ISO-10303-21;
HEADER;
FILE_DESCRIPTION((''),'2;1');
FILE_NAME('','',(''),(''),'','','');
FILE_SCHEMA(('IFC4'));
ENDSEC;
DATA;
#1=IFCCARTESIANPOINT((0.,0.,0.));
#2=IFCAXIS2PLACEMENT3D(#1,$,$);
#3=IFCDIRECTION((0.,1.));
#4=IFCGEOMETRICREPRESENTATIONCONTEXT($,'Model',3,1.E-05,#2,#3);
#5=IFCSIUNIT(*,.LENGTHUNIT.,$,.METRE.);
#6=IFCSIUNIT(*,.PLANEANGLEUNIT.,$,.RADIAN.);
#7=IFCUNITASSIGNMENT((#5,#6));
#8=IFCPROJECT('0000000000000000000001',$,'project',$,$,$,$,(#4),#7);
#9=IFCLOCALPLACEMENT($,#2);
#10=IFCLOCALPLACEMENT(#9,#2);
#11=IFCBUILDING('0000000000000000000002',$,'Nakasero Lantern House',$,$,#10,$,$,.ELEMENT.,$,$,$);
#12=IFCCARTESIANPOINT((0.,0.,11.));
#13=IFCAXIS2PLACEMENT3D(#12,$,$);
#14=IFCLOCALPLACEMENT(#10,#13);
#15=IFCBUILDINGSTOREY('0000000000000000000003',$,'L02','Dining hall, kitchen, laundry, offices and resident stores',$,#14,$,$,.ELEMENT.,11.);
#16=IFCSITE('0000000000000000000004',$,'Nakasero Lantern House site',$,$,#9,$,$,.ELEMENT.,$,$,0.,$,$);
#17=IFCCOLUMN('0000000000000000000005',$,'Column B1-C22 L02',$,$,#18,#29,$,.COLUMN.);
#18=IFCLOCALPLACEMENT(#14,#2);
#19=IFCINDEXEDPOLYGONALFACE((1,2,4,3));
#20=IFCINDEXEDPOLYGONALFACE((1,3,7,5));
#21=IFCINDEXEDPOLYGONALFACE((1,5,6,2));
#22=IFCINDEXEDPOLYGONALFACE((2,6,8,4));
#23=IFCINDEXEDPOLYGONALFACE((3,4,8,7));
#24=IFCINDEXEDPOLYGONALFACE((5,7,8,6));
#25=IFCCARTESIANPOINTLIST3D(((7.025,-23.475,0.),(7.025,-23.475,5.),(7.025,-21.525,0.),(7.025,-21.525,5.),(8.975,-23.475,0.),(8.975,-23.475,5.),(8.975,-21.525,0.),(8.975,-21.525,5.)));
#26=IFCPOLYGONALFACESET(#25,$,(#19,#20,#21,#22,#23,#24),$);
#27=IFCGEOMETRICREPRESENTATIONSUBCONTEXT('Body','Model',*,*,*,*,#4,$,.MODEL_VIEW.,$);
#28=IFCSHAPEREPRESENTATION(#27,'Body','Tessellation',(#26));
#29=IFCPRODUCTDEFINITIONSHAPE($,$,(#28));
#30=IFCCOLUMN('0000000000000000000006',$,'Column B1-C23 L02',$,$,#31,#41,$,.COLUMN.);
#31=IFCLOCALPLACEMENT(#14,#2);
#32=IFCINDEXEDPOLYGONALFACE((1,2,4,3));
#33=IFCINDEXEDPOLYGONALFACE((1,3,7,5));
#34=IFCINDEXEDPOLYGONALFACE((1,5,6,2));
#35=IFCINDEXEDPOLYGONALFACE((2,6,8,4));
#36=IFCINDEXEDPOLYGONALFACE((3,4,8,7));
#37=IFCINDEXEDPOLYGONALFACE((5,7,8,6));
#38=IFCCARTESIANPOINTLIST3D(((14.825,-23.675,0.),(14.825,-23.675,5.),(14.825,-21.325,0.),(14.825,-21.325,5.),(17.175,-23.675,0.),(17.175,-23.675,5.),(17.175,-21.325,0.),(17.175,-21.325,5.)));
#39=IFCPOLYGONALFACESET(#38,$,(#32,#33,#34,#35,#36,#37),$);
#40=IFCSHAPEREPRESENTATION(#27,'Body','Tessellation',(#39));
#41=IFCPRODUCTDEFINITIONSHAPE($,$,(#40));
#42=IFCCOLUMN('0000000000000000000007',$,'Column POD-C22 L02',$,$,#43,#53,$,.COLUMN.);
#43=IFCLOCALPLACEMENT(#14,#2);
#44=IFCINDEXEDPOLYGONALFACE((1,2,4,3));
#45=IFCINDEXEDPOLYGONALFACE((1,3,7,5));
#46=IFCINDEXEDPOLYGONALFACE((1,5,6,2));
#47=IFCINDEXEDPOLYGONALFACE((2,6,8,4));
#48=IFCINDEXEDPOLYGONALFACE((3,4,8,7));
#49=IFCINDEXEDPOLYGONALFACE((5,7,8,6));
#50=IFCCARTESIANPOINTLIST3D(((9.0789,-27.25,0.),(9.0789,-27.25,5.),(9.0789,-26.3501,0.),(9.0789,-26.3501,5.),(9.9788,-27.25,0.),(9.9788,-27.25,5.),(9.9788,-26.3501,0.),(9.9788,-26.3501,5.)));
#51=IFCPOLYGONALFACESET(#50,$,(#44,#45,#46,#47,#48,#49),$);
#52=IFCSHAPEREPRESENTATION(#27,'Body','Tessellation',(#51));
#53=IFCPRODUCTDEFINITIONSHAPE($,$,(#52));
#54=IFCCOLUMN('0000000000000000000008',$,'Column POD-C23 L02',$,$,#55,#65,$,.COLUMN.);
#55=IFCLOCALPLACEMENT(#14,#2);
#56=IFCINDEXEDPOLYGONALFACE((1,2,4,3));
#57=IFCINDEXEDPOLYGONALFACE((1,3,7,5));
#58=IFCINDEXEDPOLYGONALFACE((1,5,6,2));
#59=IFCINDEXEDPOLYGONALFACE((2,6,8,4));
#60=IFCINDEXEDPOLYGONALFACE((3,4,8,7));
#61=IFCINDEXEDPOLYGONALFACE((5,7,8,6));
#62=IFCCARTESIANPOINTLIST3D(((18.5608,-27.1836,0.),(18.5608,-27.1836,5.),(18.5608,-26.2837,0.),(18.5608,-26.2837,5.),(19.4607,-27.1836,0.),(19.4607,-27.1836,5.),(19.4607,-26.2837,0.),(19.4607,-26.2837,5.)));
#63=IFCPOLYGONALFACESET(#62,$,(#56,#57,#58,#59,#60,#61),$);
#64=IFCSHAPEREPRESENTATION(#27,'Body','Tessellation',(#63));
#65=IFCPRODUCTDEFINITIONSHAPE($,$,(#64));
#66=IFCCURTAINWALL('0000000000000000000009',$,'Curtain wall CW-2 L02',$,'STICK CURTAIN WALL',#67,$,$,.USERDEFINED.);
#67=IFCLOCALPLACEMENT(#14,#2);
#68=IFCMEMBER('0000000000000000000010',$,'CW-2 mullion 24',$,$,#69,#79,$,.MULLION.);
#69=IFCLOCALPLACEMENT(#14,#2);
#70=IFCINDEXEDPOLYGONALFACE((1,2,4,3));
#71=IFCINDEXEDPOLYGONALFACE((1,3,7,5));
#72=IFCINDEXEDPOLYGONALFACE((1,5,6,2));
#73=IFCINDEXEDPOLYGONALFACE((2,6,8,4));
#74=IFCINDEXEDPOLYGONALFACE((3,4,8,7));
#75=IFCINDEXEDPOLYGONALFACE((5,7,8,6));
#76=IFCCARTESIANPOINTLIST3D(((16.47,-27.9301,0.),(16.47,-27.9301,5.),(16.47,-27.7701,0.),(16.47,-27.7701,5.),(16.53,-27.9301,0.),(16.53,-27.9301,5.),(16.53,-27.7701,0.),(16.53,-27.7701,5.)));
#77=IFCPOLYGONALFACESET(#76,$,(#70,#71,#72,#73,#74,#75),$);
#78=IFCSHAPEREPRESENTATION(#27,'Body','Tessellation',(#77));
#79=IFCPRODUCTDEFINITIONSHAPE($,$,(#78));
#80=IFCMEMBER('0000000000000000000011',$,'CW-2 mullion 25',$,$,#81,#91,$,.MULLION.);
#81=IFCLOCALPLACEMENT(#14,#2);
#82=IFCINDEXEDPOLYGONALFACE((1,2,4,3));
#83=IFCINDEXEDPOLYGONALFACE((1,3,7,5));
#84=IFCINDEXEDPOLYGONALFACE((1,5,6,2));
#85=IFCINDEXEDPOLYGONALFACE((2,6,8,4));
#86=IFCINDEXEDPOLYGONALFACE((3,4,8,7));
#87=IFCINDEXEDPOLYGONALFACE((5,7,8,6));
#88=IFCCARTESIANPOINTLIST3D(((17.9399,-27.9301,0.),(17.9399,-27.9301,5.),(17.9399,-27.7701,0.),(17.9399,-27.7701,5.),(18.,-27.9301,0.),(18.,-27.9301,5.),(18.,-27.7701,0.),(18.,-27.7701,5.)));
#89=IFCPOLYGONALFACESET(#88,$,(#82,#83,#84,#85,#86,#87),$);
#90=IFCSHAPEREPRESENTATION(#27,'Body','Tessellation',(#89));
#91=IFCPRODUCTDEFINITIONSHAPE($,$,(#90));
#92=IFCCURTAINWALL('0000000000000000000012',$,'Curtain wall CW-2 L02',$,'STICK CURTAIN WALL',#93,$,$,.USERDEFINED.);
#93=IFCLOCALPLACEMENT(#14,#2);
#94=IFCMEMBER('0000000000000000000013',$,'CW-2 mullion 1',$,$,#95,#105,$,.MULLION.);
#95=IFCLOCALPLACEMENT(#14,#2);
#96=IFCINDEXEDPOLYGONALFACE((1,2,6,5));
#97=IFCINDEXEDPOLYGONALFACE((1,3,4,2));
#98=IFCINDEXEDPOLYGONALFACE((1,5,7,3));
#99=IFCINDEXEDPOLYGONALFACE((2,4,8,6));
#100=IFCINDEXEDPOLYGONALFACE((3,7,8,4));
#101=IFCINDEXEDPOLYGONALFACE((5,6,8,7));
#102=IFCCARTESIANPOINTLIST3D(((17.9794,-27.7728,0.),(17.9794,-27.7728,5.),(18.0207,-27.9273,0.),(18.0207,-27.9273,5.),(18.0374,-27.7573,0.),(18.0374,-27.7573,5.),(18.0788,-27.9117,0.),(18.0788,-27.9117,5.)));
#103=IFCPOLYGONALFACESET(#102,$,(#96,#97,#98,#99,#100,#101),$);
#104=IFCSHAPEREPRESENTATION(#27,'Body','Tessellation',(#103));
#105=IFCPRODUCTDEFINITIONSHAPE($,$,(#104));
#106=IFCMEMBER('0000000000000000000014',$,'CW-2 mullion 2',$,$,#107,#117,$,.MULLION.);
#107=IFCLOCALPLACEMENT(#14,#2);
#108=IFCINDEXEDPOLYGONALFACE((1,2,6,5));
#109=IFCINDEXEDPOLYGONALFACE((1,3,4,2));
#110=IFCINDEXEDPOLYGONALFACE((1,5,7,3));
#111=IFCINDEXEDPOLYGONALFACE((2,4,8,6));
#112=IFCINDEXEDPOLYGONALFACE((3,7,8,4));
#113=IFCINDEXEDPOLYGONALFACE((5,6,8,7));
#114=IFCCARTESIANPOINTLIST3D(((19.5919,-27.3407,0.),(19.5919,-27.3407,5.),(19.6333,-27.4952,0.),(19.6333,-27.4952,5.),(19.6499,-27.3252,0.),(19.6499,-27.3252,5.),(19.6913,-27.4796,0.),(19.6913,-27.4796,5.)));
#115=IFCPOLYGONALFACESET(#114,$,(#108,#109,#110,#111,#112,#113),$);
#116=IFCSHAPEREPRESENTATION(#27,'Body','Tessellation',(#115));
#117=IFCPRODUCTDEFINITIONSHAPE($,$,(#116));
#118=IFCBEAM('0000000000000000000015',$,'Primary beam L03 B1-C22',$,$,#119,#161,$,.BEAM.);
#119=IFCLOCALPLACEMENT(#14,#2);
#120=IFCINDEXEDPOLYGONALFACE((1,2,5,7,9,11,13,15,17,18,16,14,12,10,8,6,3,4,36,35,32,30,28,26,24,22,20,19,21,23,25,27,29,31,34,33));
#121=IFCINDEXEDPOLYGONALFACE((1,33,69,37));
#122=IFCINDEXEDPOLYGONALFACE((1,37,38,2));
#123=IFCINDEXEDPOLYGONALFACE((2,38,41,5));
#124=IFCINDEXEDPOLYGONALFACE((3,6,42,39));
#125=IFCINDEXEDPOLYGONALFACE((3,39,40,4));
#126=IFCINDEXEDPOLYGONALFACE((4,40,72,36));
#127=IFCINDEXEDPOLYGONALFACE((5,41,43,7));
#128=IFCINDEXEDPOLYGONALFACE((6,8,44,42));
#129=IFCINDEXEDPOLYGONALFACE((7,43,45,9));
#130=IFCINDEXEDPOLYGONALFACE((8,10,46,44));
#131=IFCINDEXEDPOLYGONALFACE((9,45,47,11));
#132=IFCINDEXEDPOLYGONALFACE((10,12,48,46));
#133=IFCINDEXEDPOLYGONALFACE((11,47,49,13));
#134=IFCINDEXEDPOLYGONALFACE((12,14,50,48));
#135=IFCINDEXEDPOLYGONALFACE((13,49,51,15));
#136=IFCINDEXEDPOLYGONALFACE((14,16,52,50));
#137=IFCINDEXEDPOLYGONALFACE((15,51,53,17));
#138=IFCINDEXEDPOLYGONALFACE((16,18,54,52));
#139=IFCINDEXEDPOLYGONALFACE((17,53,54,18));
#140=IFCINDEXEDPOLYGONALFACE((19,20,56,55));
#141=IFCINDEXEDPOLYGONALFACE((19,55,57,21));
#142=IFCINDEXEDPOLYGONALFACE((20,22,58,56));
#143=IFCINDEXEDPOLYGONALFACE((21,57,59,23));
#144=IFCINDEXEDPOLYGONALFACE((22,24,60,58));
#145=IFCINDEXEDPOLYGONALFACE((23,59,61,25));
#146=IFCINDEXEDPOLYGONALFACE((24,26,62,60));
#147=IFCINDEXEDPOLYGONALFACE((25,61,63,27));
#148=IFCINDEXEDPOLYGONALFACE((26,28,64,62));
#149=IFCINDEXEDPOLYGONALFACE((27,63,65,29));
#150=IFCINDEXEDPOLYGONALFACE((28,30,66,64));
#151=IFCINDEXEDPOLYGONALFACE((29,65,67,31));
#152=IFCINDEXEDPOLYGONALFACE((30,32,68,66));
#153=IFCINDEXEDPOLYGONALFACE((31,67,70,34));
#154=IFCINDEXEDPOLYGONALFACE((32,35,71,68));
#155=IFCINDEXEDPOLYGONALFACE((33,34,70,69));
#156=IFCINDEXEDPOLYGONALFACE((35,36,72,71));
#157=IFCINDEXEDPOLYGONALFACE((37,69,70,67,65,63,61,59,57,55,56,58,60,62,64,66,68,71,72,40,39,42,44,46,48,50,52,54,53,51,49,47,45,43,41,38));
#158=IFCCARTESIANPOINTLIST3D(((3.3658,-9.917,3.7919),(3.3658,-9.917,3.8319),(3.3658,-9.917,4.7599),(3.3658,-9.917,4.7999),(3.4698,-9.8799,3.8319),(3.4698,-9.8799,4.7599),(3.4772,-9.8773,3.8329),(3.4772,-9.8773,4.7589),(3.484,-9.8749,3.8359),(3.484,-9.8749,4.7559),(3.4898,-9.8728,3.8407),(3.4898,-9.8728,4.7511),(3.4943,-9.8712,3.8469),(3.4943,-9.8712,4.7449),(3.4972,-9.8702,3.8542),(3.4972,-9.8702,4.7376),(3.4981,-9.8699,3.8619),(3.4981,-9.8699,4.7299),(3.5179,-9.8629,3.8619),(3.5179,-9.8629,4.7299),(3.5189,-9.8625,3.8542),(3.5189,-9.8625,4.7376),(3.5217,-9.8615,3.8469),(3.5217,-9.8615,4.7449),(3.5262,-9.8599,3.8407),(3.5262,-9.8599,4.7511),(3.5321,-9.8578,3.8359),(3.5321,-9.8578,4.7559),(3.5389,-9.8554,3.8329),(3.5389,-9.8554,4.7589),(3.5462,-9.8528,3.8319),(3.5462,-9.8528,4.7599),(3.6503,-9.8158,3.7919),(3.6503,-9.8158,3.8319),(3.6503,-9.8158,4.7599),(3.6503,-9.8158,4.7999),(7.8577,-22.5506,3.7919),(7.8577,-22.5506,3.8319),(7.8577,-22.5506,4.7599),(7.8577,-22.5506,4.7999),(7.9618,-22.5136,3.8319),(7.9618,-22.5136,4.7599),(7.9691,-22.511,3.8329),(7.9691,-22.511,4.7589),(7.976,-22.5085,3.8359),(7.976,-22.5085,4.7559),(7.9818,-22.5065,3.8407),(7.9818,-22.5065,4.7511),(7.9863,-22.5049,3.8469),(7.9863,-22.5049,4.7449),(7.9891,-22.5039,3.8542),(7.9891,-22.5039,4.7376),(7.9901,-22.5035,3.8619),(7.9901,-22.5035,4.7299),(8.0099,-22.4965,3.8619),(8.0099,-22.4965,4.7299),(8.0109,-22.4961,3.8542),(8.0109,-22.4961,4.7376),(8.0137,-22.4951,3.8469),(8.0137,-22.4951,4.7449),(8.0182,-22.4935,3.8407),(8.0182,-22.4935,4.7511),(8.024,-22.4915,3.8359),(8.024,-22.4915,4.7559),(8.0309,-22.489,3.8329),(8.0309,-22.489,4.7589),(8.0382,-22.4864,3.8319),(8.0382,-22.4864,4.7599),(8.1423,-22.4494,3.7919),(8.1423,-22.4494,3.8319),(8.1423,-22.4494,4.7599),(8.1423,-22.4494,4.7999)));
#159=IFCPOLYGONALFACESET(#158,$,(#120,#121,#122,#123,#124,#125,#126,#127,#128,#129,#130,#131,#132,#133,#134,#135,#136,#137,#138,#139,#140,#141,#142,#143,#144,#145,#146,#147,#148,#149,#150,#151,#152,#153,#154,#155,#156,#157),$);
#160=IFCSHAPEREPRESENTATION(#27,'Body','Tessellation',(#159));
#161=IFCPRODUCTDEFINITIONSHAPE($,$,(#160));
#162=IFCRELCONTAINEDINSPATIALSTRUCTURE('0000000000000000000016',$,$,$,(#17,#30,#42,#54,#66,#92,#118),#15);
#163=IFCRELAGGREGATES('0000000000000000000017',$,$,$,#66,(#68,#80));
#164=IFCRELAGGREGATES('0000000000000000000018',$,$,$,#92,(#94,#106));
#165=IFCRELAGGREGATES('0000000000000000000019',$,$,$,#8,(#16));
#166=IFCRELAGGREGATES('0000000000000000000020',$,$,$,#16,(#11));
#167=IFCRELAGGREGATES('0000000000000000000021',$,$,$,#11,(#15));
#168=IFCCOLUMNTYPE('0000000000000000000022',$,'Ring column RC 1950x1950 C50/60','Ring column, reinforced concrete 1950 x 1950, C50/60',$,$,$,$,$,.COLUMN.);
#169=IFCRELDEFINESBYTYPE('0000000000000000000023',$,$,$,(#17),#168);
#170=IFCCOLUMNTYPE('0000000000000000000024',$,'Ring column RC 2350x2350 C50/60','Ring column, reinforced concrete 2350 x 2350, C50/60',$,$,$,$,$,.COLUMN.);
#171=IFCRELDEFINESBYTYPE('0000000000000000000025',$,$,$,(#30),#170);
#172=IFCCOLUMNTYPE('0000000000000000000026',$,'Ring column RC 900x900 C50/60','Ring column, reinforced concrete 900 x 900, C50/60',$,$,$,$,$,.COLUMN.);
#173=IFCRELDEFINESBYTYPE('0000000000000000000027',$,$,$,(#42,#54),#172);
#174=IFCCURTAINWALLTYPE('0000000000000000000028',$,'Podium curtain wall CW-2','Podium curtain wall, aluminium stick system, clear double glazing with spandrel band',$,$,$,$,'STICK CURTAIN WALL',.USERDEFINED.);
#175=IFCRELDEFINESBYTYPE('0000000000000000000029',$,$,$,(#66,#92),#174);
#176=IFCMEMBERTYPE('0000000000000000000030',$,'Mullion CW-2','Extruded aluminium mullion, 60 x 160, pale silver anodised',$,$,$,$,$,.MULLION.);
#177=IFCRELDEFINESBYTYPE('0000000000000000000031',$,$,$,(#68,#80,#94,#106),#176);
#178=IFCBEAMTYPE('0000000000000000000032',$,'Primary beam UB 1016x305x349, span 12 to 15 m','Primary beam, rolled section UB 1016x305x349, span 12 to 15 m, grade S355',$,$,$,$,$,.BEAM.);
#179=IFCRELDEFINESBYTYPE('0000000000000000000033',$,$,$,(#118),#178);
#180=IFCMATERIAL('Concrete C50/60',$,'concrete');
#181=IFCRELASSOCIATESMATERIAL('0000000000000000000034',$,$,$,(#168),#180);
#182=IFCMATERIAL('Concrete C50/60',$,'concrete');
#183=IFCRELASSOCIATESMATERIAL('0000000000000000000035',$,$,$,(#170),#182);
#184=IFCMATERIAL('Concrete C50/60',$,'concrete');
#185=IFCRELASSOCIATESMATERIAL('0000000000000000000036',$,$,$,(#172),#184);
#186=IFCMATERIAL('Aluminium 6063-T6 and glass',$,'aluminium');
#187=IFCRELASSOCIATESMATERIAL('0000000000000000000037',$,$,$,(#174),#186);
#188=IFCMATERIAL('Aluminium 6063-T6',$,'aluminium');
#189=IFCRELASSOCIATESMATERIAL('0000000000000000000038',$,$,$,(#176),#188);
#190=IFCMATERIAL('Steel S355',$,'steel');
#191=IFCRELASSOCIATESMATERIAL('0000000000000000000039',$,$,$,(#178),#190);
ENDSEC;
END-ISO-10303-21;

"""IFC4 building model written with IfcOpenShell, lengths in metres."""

from ifc_helpers import new_model, si_unit, direction, frame, origin, origin_2d, place, context, subcontext, project, spatial, rectangle, i_section, extrude, material, material_profile, profile_set, type_object, element, aggregate, save


model = new_model("IFC4")

# Units and contexts
model_context = context("Model", 3, precision=1e-05, world=origin(), true_north=direction((0.0, 1.0)))
body_context = subcontext(model_context, "Body", "Model", "MODEL_VIEW")
ifc_project = project(units=[si_unit("LENGTHUNIT", "METRE"), si_unit("PLANEANGLEUNIT", "RADIAN")], contexts=[model_context])

# Site, building, storey
site_placement = place(None, origin())
site = spatial("IfcSite", under=ifc_project, at=site_placement, Name="Nakasero Lantern House site", CompositionType="ELEMENT", RefElevation=0.0)
building_placement = place(site_placement, origin())
building = spatial("IfcBuilding", under=site, at=building_placement, Name="Nakasero Lantern House", CompositionType="ELEMENT")
storey_placement = place(building_placement, frame((0.0, 0.0, 11.0)))
storey = spatial("IfcBuildingStorey", under=building, at=storey_placement, Name="L02", Description="Dining hall, kitchen, laundry, offices and resident stores", CompositionType="ELEMENT", Elevation=11.0)

# Columns
ifc_material_1 = material(Name="Concrete C50/60", Category="concrete")
ifc_material_profile_1 = material_profile(ifc_material_1, rectangle(XDim=1.95, YDim=1.95, at=origin_2d()), Name="RC 1950x1950")
ifc_profile_set_1 = profile_set([ifc_material_profile_1], Name="Concrete C50/60")
column_type_1 = type_object("IfcColumnType", Name="Ring column RC 1950x1950 C50/60", Description="Ring column, reinforced concrete 1950 x 1950, C50/60", PredefinedType="COLUMN", material=ifc_profile_set_1)
column_1_placement = place(storey_placement, frame((8.0, -22.5, 0.0), z_axis=(0.0, 0.0, 1.0), x_axis=(1.0, 0.0, 0.0)))
element("IfcColumn", 1, at=column_1_placement, inside=storey, type_object=column_type_1, Name="Column B1-C22 L02", PredefinedType="COLUMN", context=body_context, shape_type="SweptSolid", body=[
    extrude(rectangle(XDim=1.95, YDim=1.95, at=origin_2d()), origin(), (0.0, 0.0, 1.0), 5.0),
])
ifc_material_2 = material(Name="Concrete C50/60", Category="concrete")
ifc_material_profile_2 = material_profile(ifc_material_2, rectangle(XDim=2.3501, YDim=2.3501, at=origin_2d()), Name="RC 2350x2350")
ifc_profile_set_2 = profile_set([ifc_material_profile_2], Name="Concrete C50/60")
column_type_2 = type_object("IfcColumnType", Name="Ring column RC 2350x2350 C50/60", Description="Ring column, reinforced concrete 2350 x 2350, C50/60", PredefinedType="COLUMN", material=ifc_profile_set_2)
column_2_placement = place(storey_placement, frame((16.0, -22.5, 0.0), z_axis=(0.0, 0.0, 1.0), x_axis=(1.0, 0.0, 0.0)))
element("IfcColumn", 2, at=column_2_placement, inside=storey, type_object=column_type_2, Name="Column B1-C23 L02", PredefinedType="COLUMN", context=body_context, shape_type="SweptSolid", body=[
    extrude(rectangle(XDim=2.3501, YDim=2.3501, at=origin_2d()), origin(), (0.0, 0.0, 1.0), 5.0),
])
ifc_material_3 = material(Name="Concrete C50/60", Category="concrete")
ifc_material_profile_3 = material_profile(ifc_material_3, rectangle(XDim=0.8999, YDim=0.8999, at=origin_2d()), Name="RC 900x900")
ifc_profile_set_3 = profile_set([ifc_material_profile_3], Name="Concrete C50/60")
column_type_3 = type_object("IfcColumnType", Name="Ring column RC 900x900 C50/60", Description="Ring column, reinforced concrete 900 x 900, C50/60", PredefinedType="COLUMN", material=ifc_profile_set_3)
for number, where, z_axis, x_axis, name in (
    (3, (9.5288, -26.8, 0.0), (0.0, 0.0, 1.0), (1.0, 0.0, 0.0), "Column POD-C22 L02"),
    (4, (19.0107, -26.7336, 0.0), (0.0, 0.0, 1.0), (1.0, 0.0, 0.0), "Column POD-C23 L02"),
):
    element("IfcColumn", number, at=place(storey_placement, frame(where, z_axis=z_axis, x_axis=x_axis)), inside=storey, type_object=column_type_3, Name=name, PredefinedType="COLUMN", context=body_context, shape_type="SweptSolid", body=[
        extrude(rectangle(XDim=0.8999, YDim=0.8999, at=origin_2d()), origin(), (0.0, 0.0, 1.0), 5.0),
    ])

# Curtain walls, members
ifc_material_4 = material(Name="Aluminium 6063-T6 and glass", Category="aluminium")
curtain_wall_type = type_object("IfcCurtainWallType", Name="Podium curtain wall CW-2", Description="Podium curtain wall, aluminium stick system, clear double glazing with spandrel band", ElementType="STICK CURTAIN WALL", PredefinedType="USERDEFINED", material=ifc_material_4)
curtain_wall_1_placement = place(storey_placement, origin())
curtain_wall_1 = element("IfcCurtainWall", 5, at=curtain_wall_1_placement, inside=storey, type_object=curtain_wall_type, Name="Curtain wall CW-2 L02", ObjectType="STICK CURTAIN WALL", PredefinedType="USERDEFINED")
ifc_material_5 = material(Name="Aluminium 6063-T6", Category="aluminium")
ifc_material_profile_4 = material_profile(ifc_material_5, rectangle(XDim=0.0601, YDim=0.1599, at=origin_2d()), Name="CW-2 mullion 60x160")
ifc_profile_set_4 = profile_set([ifc_material_profile_4], Name="Aluminium 6063-T6")
member_type_1 = type_object("IfcMemberType", Name="Mullion CW-2", Description="Extruded aluminium mullion, 60 x 160, pale silver anodised", PredefinedType="MULLION", material=ifc_profile_set_4)
member_1_placement = place(storey_placement, frame((16.5, -27.8501, 0.0), z_axis=(0.0, 0.0, 1.0), x_axis=(1.0, 0.0, 0.0)))
member_1 = element("IfcMember", 6, at=member_1_placement, type_object=member_type_1, Name="CW-2 mullion 24", PredefinedType="MULLION", context=body_context, shape_type="SweptSolid", body=[
    extrude(rectangle(XDim=0.0601, YDim=0.1599, at=origin_2d()), origin(), (0.0, 0.0, 1.0), 5.0),
])
member_2_placement = place(storey_placement, frame((17.97, -27.8501, 0.0), z_axis=(0.0, 0.0, 1.0), x_axis=(1.0, 0.0, 0.0)))
member_2 = element("IfcMember", 7, at=member_2_placement, type_object=member_type_1, Name="CW-2 mullion 25", PredefinedType="MULLION", context=body_context, shape_type="SweptSolid", body=[
    extrude(rectangle(XDim=0.0601, YDim=0.1599, at=origin_2d()), origin(), (0.0, 0.0, 1.0), 5.0),
])
curtain_wall_2_placement = place(storey_placement, origin())
curtain_wall_2 = element("IfcCurtainWall", 8, at=curtain_wall_2_placement, inside=storey, type_object=curtain_wall_type, Name="Curtain wall CW-2 L02", ObjectType="STICK CURTAIN WALL", PredefinedType="USERDEFINED")
member_3_placement = place(storey_placement, frame((18.0291, -27.8423, 0.0), z_axis=(0.0, 0.0, 1.0), x_axis=(0.965926, 0.258819, 0.0)))
member_3 = element("IfcMember", 9, at=member_3_placement, type_object=member_type_1, Name="CW-2 mullion 1", PredefinedType="MULLION", context=body_context, shape_type="SweptSolid", body=[
    extrude(rectangle(XDim=0.0601, YDim=0.1599, at=origin_2d()), origin(), (0.0, 0.0, 1.0), 5.0),
])
member_4_placement = place(storey_placement, frame((19.6416, -27.4102, 0.0), z_axis=(0.0, 0.0, 1.0), x_axis=(0.965926, 0.258819, 0.0)))
member_4 = element("IfcMember", 10, at=member_4_placement, type_object=member_type_1, Name="CW-2 mullion 2", PredefinedType="MULLION", context=body_context, shape_type="SweptSolid", body=[
    extrude(rectangle(XDim=0.0601, YDim=0.1599, at=origin_2d()), origin(), (0.0, 0.0, 1.0), 5.0),
])

# Beam
ifc_material_6 = material(Name="Steel S355", Category="steel")
ifc_material_profile_5 = material_profile(ifc_material_6, i_section(OverallWidth=0.302, OverallDepth=1.0081, WebThickness=0.021, FlangeThickness=0.04, FilletRadius=0.03, at=origin_2d()), Name="UB 1016x305x349")
ifc_profile_set_5 = profile_set([ifc_material_profile_5], Name="Steel S355")
beam_type_1 = type_object("IfcBeamType", Name="Primary beam UB 1016x305x349, span 12 to 15 m", Description="Primary beam, rolled section UB 1016x305x349, span 12 to 15 m, grade S355", PredefinedType="BEAM", material=ifc_profile_set_5)
beam_1_placement = place(storey_placement, frame((8.0, -22.5, 4.2959), z_axis=(-0.335011, 0.942214, 0.0), x_axis=(-0.942214, -0.335011, 0.0)))
element("IfcBeam", 11, at=beam_1_placement, inside=storey, type_object=beam_type_1, Name="Primary beam L03 B1-C22", PredefinedType="BEAM", context=body_context, shape_type="SweptSolid", body=[
    extrude(i_section(OverallWidth=0.302, OverallDepth=1.0081, WebThickness=0.021, FlangeThickness=0.04, FilletRadius=0.03, at=origin_2d()), origin(), (0.0, 0.0, 1.0), 13.4084),
])

aggregate(curtain_wall_1, [member_1, member_2])
aggregate(curtain_wall_2, [member_3, member_4])

save(model, "model.ifc")
